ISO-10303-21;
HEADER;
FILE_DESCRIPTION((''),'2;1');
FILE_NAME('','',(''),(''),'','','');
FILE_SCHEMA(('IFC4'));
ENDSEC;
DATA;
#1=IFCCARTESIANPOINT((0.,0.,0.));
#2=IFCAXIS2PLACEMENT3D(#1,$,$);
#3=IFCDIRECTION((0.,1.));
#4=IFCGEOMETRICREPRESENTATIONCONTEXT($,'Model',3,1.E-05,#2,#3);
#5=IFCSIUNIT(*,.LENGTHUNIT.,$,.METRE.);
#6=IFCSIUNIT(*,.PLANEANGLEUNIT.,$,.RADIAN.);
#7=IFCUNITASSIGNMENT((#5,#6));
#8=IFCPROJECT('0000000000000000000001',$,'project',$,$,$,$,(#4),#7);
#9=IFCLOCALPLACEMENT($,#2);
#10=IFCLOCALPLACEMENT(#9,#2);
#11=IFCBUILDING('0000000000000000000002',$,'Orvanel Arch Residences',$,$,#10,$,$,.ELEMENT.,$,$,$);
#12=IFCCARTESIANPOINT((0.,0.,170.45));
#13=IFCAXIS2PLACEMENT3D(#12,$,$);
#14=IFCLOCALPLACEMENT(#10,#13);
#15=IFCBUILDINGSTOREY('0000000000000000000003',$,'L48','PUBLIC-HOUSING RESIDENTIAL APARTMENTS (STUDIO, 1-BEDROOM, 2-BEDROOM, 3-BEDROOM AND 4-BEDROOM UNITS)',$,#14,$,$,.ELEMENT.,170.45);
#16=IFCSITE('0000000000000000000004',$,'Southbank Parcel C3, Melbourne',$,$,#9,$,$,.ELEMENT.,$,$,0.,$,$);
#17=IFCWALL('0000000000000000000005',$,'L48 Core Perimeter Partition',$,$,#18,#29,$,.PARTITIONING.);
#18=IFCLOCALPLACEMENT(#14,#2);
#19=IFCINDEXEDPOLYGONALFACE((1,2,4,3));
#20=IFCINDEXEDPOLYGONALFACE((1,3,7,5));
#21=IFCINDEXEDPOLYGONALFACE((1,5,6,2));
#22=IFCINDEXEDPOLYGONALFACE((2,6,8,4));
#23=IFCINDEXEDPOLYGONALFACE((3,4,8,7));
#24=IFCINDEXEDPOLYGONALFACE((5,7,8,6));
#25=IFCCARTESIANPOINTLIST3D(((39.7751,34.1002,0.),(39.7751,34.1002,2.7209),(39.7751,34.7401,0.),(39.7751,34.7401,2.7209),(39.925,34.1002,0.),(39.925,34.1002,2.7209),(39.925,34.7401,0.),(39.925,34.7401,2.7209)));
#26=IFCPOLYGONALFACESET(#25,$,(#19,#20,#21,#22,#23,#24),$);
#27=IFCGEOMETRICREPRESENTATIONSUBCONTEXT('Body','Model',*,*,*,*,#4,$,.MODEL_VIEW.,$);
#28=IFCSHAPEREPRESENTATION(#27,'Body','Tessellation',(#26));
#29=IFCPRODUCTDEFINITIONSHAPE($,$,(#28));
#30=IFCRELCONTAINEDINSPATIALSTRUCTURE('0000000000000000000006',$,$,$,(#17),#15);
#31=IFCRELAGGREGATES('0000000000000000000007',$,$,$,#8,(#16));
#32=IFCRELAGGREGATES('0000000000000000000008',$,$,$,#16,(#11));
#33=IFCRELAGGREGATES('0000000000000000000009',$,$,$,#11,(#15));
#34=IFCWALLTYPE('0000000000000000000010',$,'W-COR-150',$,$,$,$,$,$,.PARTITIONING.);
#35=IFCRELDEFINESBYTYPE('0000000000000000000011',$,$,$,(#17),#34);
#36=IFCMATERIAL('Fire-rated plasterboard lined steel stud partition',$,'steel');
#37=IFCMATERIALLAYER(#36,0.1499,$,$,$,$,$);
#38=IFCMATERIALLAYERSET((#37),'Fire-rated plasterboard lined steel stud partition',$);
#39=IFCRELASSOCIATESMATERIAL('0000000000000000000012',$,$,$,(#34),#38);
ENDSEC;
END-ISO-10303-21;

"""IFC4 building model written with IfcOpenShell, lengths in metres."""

from ifc_helpers import new_model, si_unit, direction, frame, frame_2d, origin, place, context, subcontext, project, spatial, rectangle, extrude, material, layer, layer_set, type_object, element, save


model = new_model("IFC4")

# Units and contexts
model_context = context("Model", 3, precision=1e-05, world=origin(), true_north=direction((0.0, 1.0)))
body_context = subcontext(model_context, "Body", "Model", "MODEL_VIEW")
ifc_project = project(units=[si_unit("LENGTHUNIT", "METRE"), si_unit("PLANEANGLEUNIT", "RADIAN")], contexts=[model_context])

# Site, building, storey
site_placement = place(None, origin())
site = spatial("IfcSite", under=ifc_project, at=site_placement, Name="Southbank Parcel C3, Melbourne", CompositionType="ELEMENT", RefElevation=0.0)
building_placement = place(site_placement, origin())
building = spatial("IfcBuilding", under=site, at=building_placement, Name="Orvanel Arch Residences", CompositionType="ELEMENT")
storey_placement = place(building_placement, frame((0.0, 0.0, 170.45)))
storey = spatial("IfcBuildingStorey", under=building, at=storey_placement, Name="L48", Description="PUBLIC-HOUSING RESIDENTIAL APARTMENTS (STUDIO, 1-BEDROOM, 2-BEDROOM, 3-BEDROOM AND 4-BEDROOM UNITS)", CompositionType="ELEMENT", Elevation=170.45)

# Wall
ifc_material_1 = material(Name="Fire-rated plasterboard lined steel stud partition", Category="steel")
ifc_layer_1 = layer(ifc_material_1, 0.1499)
ifc_layer_set_1 = layer_set([ifc_layer_1], Name="Fire-rated plasterboard lined steel stud partition")
wall_type_1 = type_object("IfcWallType", Name="W-COR-150", PredefinedType="PARTITIONING", material=ifc_layer_set_1)
wall_1_placement = place(storey_placement, frame((39.8501, 34.74, 0.0), z_axis=(0.0, 0.0, 1.0), x_axis=(0.0, -1.0, 0.0)))
element("IfcWall", 1, at=wall_1_placement, inside=storey, type_object=wall_type_1, Name="L48 Core Perimeter Partition", PredefinedType="PARTITIONING", context=body_context, shape_type="SweptSolid", body=[
    extrude(rectangle(XDim=0.6399, YDim=0.1499, at=frame_2d((0.3198, 0.0))), origin(), (0.0, 0.0, 1.0), 2.7209),
])

save(model, "model.ifc")
